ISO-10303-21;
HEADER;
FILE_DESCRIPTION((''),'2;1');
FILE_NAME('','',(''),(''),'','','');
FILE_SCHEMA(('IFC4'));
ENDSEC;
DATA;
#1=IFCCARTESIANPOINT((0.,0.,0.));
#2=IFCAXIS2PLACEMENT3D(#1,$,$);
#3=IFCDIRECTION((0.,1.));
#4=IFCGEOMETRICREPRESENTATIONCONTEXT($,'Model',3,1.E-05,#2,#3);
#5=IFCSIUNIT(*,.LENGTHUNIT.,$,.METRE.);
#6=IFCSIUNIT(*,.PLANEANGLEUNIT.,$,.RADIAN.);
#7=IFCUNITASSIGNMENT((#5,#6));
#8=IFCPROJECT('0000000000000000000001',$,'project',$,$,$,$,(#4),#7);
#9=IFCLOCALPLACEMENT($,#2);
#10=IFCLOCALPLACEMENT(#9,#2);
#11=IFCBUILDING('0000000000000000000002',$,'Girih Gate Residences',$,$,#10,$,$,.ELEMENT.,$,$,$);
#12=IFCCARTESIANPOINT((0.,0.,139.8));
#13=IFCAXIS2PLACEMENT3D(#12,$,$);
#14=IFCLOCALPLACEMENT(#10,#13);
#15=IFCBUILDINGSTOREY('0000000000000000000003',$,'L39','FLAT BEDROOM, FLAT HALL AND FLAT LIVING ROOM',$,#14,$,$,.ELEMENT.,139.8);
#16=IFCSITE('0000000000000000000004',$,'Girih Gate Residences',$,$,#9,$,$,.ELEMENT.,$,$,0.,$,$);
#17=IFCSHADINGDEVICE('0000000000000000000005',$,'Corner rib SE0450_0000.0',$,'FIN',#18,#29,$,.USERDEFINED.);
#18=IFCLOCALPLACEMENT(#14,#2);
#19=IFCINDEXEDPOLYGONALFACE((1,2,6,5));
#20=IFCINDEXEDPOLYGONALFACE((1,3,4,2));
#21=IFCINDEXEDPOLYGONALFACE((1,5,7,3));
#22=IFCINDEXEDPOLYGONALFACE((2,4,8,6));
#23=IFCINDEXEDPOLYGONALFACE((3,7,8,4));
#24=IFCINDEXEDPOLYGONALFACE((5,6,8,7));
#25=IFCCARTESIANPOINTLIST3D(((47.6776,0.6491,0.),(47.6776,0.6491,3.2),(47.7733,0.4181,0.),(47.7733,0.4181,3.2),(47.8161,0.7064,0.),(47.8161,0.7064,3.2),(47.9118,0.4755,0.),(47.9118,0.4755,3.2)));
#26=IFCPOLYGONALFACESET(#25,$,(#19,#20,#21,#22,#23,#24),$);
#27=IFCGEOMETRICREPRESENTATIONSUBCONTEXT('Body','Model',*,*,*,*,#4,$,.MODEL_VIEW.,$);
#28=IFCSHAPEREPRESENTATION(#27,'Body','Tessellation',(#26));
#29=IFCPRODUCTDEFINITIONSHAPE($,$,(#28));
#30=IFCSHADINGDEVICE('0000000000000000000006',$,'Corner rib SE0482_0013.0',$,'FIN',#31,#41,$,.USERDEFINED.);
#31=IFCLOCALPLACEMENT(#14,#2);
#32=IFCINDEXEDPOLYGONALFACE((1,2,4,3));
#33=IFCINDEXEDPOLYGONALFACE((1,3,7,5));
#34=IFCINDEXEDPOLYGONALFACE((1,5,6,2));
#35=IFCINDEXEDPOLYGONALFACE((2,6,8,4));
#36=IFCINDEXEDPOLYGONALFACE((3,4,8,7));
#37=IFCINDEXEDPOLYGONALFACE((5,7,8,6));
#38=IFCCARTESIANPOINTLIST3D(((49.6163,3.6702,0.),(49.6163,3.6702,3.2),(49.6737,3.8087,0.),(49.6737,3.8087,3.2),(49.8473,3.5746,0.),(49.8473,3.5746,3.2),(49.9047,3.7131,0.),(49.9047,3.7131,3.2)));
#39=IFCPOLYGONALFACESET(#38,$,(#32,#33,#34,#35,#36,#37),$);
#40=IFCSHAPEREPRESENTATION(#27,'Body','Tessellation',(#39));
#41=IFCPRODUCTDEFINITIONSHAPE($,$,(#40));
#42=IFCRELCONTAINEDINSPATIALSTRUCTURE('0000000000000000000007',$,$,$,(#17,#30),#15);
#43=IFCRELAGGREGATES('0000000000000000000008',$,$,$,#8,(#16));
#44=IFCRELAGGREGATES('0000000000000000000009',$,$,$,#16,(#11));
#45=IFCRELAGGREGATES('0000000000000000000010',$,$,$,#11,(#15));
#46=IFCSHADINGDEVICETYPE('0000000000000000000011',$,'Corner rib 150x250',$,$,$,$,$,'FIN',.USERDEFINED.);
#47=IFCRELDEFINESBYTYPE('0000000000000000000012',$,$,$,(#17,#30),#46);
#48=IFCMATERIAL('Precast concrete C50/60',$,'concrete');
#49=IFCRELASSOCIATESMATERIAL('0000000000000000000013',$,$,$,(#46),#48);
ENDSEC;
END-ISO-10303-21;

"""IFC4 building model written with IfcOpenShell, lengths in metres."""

from ifc_helpers import new_model, si_unit, direction, frame, origin, origin_2d, place, context, subcontext, project, spatial, rectangle, extrude, material, type_object, element, save


model = new_model("IFC4")

# Units and contexts
model_context = context("Model", 3, precision=1e-05, world=origin(), true_north=direction((0.0, 1.0)))
body_context = subcontext(model_context, "Body", "Model", "MODEL_VIEW")
ifc_project = project(units=[si_unit("LENGTHUNIT", "METRE"), si_unit("PLANEANGLEUNIT", "RADIAN")], contexts=[model_context])

# Site, building, storey
site_placement = place(None, origin())
site = spatial("IfcSite", under=ifc_project, at=site_placement, Name="Girih Gate Residences", CompositionType="ELEMENT", RefElevation=0.0)
building_placement = place(site_placement, origin())
building = spatial("IfcBuilding", under=site, at=building_placement, Name="Girih Gate Residences", CompositionType="ELEMENT")
storey_placement = place(building_placement, frame((0.0, 0.0, 139.8)))
storey = spatial("IfcBuildingStorey", under=building, at=storey_placement, Name="L39", Description="FLAT BEDROOM, FLAT HALL AND FLAT LIVING ROOM", CompositionType="ELEMENT", Elevation=139.8)

# Shared definitions
ifc_material_1 = material(Name="Precast concrete C50/60", Category="concrete")

# Shading devices
shading_device_type = type_object("IfcShadingDeviceType", Name="Corner rib 150x250", ElementType="FIN", PredefinedType="USERDEFINED", material=ifc_material_1)
for number, where, z_axis, x_axis, name in (
    (1, (47.7947, 0.5623, 0.0), (0.0, 0.0, 1.0), (0.92388, 0.382683, 0.0), "Corner rib SE0450_0000.0"),
    (2, (49.7605, 3.6917, 0.0), (0.0, 0.0, 1.0), (0.382683, 0.92388, 0.0), "Corner rib SE0482_0013.0"),
):
    element("IfcShadingDevice", number, at=place(storey_placement, frame(where, z_axis=z_axis, x_axis=x_axis)), inside=storey, type_object=shading_device_type, Name=name, ObjectType="FIN", PredefinedType="USERDEFINED", context=body_context, shape_type="SweptSolid", body=[
        extrude(rectangle(XDim=0.1499, YDim=0.25, at=origin_2d()), origin(), (0.0, 0.0, 1.0), 3.2),
    ])

save(model, "model.ifc")
